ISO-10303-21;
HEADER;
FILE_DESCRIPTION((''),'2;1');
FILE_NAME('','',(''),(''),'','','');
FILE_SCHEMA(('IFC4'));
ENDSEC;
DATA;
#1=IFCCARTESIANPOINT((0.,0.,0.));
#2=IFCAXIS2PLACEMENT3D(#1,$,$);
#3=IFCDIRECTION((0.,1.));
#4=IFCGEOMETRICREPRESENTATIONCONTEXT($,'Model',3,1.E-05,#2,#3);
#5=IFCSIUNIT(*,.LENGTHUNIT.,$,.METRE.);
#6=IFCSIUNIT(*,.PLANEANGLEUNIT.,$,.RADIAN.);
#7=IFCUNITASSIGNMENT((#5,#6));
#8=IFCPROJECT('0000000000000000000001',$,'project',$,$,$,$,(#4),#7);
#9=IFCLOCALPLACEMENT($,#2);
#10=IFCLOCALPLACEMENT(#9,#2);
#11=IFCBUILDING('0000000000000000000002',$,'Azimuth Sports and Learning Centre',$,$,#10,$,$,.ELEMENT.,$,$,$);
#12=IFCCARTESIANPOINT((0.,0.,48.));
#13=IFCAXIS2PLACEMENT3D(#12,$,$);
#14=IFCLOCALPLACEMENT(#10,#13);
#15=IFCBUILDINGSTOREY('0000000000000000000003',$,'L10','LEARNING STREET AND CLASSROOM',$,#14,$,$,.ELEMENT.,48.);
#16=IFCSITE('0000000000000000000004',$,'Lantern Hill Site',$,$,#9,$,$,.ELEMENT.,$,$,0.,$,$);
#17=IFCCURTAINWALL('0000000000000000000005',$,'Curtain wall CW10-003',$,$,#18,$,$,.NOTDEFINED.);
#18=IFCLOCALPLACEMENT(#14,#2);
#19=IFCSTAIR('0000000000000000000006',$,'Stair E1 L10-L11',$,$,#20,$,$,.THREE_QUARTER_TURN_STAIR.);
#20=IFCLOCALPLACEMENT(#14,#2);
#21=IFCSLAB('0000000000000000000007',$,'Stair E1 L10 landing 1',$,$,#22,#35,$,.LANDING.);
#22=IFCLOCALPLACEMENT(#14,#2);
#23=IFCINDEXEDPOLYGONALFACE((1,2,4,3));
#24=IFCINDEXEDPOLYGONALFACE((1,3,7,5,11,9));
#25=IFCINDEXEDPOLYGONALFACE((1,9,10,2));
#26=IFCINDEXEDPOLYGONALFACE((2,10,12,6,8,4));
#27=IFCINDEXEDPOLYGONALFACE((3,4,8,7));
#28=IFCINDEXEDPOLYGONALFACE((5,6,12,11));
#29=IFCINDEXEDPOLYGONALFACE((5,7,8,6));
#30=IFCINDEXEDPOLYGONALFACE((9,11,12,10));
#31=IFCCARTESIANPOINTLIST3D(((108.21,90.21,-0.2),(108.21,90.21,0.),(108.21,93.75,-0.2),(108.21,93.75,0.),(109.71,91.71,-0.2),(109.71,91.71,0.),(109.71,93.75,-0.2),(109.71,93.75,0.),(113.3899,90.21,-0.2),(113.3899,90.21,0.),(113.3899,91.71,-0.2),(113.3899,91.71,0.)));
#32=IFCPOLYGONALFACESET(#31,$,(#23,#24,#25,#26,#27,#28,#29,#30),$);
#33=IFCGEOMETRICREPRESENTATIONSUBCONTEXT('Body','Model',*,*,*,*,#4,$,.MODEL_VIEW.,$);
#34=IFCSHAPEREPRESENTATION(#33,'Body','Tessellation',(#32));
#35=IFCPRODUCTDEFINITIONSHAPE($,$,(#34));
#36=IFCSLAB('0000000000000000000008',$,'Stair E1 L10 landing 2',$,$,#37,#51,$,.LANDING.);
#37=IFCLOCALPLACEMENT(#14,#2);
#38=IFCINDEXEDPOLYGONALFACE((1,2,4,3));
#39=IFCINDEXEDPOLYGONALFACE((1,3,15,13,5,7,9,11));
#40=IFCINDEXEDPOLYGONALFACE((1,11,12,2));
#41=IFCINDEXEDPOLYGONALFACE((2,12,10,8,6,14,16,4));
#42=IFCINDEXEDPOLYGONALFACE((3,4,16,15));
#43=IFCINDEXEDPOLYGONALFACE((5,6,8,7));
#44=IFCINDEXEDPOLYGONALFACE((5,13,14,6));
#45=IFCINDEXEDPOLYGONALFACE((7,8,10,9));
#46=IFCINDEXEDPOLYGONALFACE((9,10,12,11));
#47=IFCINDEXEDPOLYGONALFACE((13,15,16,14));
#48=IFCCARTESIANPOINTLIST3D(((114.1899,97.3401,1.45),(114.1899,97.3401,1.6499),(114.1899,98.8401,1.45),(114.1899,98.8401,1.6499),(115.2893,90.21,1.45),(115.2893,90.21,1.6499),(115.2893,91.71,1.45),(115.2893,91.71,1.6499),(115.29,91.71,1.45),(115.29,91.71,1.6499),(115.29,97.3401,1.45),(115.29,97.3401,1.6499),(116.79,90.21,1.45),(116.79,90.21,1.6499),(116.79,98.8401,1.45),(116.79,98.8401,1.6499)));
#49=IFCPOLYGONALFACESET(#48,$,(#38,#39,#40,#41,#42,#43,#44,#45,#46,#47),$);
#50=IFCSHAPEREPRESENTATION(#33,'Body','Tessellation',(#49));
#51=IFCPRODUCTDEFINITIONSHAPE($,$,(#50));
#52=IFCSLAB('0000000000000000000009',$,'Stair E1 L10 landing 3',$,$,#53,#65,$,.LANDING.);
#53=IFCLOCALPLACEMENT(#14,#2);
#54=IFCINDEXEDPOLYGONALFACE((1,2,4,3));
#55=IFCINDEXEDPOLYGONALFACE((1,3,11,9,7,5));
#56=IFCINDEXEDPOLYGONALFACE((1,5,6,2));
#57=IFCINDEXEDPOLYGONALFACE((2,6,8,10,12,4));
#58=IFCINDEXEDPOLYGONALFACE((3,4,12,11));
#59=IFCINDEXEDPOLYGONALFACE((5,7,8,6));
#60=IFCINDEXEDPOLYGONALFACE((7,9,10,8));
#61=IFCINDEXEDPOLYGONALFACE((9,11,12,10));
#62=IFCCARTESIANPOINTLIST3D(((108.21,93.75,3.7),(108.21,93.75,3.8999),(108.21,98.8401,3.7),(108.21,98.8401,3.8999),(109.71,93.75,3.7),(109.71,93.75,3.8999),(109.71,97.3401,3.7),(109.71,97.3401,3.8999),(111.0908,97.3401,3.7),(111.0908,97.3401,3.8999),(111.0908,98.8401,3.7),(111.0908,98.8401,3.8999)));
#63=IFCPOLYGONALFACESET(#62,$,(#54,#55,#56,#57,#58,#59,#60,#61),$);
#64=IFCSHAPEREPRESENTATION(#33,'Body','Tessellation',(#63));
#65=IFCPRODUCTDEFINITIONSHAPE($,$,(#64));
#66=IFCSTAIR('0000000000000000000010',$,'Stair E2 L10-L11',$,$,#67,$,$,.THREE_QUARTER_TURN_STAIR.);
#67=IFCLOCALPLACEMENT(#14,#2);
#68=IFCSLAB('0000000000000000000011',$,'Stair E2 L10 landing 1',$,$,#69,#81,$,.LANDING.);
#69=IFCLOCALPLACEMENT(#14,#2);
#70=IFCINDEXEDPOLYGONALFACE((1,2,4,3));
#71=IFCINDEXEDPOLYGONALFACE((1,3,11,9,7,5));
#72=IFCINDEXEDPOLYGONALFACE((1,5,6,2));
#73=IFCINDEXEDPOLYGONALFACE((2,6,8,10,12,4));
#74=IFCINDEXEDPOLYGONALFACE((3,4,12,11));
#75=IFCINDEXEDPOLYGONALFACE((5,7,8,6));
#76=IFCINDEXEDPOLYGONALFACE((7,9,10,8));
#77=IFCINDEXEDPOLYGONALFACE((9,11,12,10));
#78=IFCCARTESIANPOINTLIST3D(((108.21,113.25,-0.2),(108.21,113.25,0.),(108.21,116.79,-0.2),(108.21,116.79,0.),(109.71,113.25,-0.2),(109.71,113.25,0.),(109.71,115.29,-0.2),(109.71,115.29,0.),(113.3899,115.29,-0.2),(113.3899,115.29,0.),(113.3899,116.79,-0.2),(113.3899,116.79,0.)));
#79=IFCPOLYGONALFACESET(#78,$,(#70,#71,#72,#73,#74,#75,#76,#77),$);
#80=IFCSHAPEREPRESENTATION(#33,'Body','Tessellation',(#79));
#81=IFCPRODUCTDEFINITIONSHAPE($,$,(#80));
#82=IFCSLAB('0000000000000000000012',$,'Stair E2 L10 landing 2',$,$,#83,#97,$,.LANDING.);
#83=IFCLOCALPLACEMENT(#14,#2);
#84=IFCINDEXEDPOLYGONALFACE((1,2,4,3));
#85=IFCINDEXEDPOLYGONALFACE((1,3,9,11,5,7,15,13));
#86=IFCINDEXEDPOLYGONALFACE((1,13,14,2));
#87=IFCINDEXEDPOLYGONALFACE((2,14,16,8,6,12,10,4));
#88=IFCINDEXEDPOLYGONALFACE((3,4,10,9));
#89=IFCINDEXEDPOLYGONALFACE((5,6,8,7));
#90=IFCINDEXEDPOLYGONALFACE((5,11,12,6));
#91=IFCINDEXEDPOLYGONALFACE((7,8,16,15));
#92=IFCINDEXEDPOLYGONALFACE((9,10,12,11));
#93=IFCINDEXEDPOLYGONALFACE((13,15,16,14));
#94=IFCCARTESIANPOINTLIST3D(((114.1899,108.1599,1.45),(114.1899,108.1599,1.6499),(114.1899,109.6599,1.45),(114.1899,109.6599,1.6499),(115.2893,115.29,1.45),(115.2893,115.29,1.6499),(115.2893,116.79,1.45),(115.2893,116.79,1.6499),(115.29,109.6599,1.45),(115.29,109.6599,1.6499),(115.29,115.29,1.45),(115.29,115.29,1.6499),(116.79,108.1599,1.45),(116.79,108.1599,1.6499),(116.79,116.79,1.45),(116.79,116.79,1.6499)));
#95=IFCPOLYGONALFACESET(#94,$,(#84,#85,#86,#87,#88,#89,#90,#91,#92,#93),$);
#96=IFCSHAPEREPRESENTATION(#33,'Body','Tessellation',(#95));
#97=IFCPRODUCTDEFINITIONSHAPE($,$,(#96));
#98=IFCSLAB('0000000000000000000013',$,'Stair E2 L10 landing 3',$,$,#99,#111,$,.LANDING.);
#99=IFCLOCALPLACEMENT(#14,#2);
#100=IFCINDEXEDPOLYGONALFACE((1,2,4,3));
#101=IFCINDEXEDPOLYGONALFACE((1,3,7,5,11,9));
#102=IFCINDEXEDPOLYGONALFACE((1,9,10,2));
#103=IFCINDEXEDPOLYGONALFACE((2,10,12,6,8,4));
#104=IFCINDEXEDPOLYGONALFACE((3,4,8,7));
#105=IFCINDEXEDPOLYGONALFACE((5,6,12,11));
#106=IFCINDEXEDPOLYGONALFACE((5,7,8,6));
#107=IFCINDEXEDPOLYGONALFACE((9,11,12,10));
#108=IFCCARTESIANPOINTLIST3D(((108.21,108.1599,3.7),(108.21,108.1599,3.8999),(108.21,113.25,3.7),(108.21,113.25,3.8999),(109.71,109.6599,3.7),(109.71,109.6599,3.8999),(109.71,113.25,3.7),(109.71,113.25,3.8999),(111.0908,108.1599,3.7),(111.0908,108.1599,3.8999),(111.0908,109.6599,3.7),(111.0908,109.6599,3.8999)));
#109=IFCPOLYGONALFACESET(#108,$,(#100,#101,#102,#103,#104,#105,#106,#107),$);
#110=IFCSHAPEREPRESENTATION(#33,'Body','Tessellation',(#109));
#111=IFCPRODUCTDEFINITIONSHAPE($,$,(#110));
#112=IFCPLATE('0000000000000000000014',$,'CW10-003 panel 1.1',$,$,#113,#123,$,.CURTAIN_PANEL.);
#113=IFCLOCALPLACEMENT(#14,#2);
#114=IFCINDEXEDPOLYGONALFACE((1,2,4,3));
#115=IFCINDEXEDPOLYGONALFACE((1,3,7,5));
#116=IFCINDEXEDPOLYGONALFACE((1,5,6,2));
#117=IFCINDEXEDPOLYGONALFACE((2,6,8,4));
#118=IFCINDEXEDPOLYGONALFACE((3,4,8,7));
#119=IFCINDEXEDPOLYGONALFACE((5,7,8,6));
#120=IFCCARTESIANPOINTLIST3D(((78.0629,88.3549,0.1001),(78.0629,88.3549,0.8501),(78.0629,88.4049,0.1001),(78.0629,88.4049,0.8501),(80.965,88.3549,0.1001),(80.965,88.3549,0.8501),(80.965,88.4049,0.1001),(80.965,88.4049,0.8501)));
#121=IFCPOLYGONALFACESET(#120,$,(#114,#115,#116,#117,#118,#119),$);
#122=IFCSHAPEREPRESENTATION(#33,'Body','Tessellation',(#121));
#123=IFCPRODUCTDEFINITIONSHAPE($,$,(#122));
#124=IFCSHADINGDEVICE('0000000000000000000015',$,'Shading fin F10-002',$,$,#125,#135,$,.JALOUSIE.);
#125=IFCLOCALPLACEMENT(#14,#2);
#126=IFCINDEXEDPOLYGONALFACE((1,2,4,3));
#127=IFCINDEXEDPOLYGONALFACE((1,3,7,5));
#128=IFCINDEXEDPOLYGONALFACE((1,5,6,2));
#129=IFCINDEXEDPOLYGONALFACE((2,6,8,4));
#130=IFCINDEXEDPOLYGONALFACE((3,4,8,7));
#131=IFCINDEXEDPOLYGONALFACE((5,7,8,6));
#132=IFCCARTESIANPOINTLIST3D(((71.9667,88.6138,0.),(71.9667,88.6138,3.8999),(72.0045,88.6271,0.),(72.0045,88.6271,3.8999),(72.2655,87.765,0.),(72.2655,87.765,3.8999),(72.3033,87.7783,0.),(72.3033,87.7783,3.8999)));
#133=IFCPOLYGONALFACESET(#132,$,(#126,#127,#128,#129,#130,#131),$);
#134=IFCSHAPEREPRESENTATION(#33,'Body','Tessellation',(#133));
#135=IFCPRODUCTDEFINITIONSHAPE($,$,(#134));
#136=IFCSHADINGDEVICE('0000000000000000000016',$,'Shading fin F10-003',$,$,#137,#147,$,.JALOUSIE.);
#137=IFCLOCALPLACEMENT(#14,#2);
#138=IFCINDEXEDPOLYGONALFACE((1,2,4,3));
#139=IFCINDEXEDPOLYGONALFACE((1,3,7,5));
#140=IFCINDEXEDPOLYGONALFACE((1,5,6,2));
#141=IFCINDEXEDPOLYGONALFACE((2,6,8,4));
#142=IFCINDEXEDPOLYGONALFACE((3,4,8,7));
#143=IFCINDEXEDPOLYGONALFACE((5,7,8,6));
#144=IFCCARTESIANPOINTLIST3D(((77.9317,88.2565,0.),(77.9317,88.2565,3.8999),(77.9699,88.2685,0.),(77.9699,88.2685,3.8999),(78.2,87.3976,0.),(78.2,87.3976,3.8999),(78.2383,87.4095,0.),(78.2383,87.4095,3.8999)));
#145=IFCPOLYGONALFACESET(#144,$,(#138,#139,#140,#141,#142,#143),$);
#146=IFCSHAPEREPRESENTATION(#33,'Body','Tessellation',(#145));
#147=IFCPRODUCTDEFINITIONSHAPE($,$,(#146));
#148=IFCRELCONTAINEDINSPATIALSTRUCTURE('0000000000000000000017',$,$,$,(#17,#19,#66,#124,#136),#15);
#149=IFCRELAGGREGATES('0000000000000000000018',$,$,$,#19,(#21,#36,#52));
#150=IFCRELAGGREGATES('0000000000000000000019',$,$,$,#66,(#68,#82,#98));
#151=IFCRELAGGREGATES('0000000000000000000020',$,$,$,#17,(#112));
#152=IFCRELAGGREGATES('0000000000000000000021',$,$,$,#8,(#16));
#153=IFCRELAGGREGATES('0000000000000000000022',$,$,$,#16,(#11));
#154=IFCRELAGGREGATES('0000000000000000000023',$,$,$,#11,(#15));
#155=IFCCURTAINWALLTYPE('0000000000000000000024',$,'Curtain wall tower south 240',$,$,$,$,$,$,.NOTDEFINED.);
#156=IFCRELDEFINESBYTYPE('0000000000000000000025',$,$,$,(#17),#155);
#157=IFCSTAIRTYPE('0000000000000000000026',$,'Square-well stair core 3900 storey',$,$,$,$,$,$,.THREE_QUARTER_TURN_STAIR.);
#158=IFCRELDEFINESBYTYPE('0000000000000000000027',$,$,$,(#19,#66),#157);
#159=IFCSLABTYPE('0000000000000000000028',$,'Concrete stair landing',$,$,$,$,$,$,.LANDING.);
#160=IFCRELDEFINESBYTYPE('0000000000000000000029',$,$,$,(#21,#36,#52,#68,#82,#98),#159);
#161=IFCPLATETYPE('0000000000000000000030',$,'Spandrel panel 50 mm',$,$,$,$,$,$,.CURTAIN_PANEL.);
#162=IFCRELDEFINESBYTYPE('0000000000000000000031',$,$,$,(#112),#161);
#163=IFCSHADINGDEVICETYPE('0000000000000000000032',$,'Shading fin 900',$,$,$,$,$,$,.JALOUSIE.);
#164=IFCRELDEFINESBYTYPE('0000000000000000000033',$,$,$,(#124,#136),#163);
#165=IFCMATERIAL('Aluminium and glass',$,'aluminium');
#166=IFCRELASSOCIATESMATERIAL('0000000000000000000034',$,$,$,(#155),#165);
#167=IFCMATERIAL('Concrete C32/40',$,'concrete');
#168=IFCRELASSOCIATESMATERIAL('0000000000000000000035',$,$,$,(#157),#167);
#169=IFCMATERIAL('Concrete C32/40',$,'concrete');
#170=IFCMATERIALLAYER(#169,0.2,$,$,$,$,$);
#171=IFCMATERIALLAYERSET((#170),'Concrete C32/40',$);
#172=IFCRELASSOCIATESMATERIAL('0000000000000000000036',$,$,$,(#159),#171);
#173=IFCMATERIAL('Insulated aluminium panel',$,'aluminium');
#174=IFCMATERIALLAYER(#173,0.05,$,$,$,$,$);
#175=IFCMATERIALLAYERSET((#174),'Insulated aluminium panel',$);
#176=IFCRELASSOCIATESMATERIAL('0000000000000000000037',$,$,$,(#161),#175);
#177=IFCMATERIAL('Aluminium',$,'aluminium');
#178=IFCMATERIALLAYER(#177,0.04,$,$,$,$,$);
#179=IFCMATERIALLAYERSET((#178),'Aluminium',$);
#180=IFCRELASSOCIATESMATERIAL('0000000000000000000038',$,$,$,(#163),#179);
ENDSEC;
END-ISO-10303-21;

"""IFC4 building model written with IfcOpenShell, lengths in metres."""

from ifc_helpers import new_model, si_unit, direction, frame, origin, origin_2d, place, context, subcontext, project, spatial, polyline, rectangle, outline, extrude, material, layer, layer_set, type_object, element, aggregate, save


model = new_model("IFC4")

# Units and contexts
model_context = context("Model", 3, precision=1e-05, world=origin(), true_north=direction((0.0, 1.0)))
body_context = subcontext(model_context, "Body", "Model", "MODEL_VIEW")
ifc_project = project(units=[si_unit("LENGTHUNIT", "METRE"), si_unit("PLANEANGLEUNIT", "RADIAN")], contexts=[model_context])

# Site, building, storey
site_placement = place(None, origin())
site = spatial("IfcSite", under=ifc_project, at=site_placement, Name="Lantern Hill Site", CompositionType="ELEMENT", RefElevation=0.0)
building_placement = place(site_placement, origin())
building = spatial("IfcBuilding", under=site, at=building_placement, Name="Azimuth Sports and Learning Centre", CompositionType="ELEMENT")
storey_placement = place(building_placement, frame((0.0, 0.0, 48.0)))
storey = spatial("IfcBuildingStorey", under=building, at=storey_placement, Name="L10", Description="LEARNING STREET AND CLASSROOM", CompositionType="ELEMENT", Elevation=48.0)

# Curtain wall
ifc_material_1 = material(Name="Aluminium and glass", Category="aluminium")
curtain_wall_type = type_object("IfcCurtainWallType", Name="Curtain wall tower south 240", PredefinedType="NOTDEFINED", material=ifc_material_1)
curtain_wall_placement = place(storey_placement, origin())
curtain_wall = element("IfcCurtainWall", 1, at=curtain_wall_placement, inside=storey, type_object=curtain_wall_type, Name="Curtain wall CW10-003", PredefinedType="NOTDEFINED")

# Stairs, slabs
ifc_material_2 = material(Name="Concrete C32/40", Category="concrete")
stair_type = type_object("IfcStairType", Name="Square-well stair core 3900 storey", PredefinedType="THREE_QUARTER_TURN_STAIR", material=ifc_material_2)
ifc_material_3 = material(Name="Concrete C32/40", Category="concrete")
ifc_layer_1 = layer(ifc_material_3, 0.2)
ifc_layer_set_1 = layer_set([ifc_layer_1], Name="Concrete C32/40")
slab_type_1 = type_object("IfcSlabType", Name="Concrete stair landing", PredefinedType="LANDING", material=ifc_layer_set_1)
stair_1_placement = place(storey_placement, origin())
stair_1 = element("IfcStair", 2, at=stair_1_placement, inside=storey, type_object=stair_type, Name="Stair E1 L10-L11", PredefinedType="THREE_QUARTER_TURN_STAIR")
slab_1_placement = place(storey_placement, frame((0.0, 0.0, -0.2)))
slab_1 = element("IfcSlab", 3, at=slab_1_placement, type_object=slab_type_1, Name="Stair E1 L10 landing 1", PredefinedType="LANDING", context=body_context, shape_type="SweptSolid", body=[
    extrude(outline(polyline([(113.3899, 91.71), (109.71, 91.71), (109.71, 93.75), (108.21, 93.75), (108.21, 90.21), (113.3899, 90.21), (113.3899, 91.71)])), origin(), (0.0, 0.0, 1.0), 0.2),
])
slab_2_placement = place(storey_placement, frame((0.0, 0.0, 1.45)))
slab_2 = element("IfcSlab", 4, at=slab_2_placement, type_object=slab_type_1, Name="Stair E1 L10 landing 2", PredefinedType="LANDING", context=body_context, shape_type="SweptSolid", body=[
    extrude(outline(polyline([(115.29, 91.71), (115.2893, 91.71), (115.2893, 90.21), (116.79, 90.21), (116.79, 98.8401), (114.1899, 98.8401), (114.1899, 97.3401), (115.29, 97.3401), (115.29, 91.71)])), origin(), (0.0, 0.0, 1.0), 0.2),
])
slab_3_placement = place(storey_placement, frame((0.0, 0.0, 3.7)))
slab_3 = element("IfcSlab", 5, at=slab_3_placement, type_object=slab_type_1, Name="Stair E1 L10 landing 3", PredefinedType="LANDING", context=body_context, shape_type="SweptSolid", body=[
    extrude(outline(polyline([(109.71, 97.3401), (111.0908, 97.3401), (111.0908, 98.8401), (108.21, 98.8401), (108.21, 93.75), (109.71, 93.75), (109.71, 97.3401)])), origin(), (0.0, 0.0, 1.0), 0.2),
])
aggregate(stair_1, [slab_1, slab_2, slab_3])
stair_2_placement = place(storey_placement, origin())
stair_2 = element("IfcStair", 6, at=stair_2_placement, inside=storey, type_object=stair_type, Name="Stair E2 L10-L11", PredefinedType="THREE_QUARTER_TURN_STAIR")
slab_4_placement = place(storey_placement, frame((0.0, 0.0, -0.2)))
slab_4 = element("IfcSlab", 7, at=slab_4_placement, type_object=slab_type_1, Name="Stair E2 L10 landing 1", PredefinedType="LANDING", context=body_context, shape_type="SweptSolid", body=[
    extrude(outline(polyline([(108.21, 116.79), (108.21, 113.25), (109.71, 113.25), (109.71, 115.29), (113.3899, 115.29), (113.3899, 116.79), (108.21, 116.79)])), origin(), (0.0, 0.0, 1.0), 0.2),
])
slab_5_placement = place(storey_placement, frame((0.0, 0.0, 1.45)))
slab_5 = element("IfcSlab", 8, at=slab_5_placement, type_object=slab_type_1, Name="Stair E2 L10 landing 2", PredefinedType="LANDING", context=body_context, shape_type="SweptSolid", body=[
    extrude(outline(polyline([(115.29, 115.29), (115.29, 109.6599), (114.1899, 109.6599), (114.1899, 108.1599), (116.79, 108.1599), (116.79, 116.79), (115.2893, 116.79), (115.2893, 115.29), (115.29, 115.29)])), origin(), (0.0, 0.0, 1.0), 0.2),
])
slab_6_placement = place(storey_placement, frame((0.0, 0.0, 3.7)))
slab_6 = element("IfcSlab", 9, at=slab_6_placement, type_object=slab_type_1, Name="Stair E2 L10 landing 3", PredefinedType="LANDING", context=body_context, shape_type="SweptSolid", body=[
    extrude(outline(polyline([(109.71, 109.6599), (109.71, 113.25), (108.21, 113.25), (108.21, 108.1599), (111.0908, 108.1599), (111.0908, 109.6599), (109.71, 109.6599)])), origin(), (0.0, 0.0, 1.0), 0.2),
])
aggregate(stair_2, [slab_4, slab_5, slab_6])

# Plate
ifc_material_4 = material(Name="Insulated aluminium panel", Category="aluminium")
ifc_layer_2 = layer(ifc_material_4, 0.05)
ifc_layer_set_2 = layer_set([ifc_layer_2], Name="Insulated aluminium panel")
plate_type = type_object("IfcPlateType", Name="Spandrel panel 50 mm", PredefinedType="CURTAIN_PANEL", material=ifc_layer_set_2)
plate_placement = place(storey_placement, frame((79.5139, 88.3799, 0.1001), z_axis=(0.0, 0.0, 1.0), x_axis=(1.0, 0.0, 0.0)))
plate = element("IfcPlate", 10, at=plate_placement, type_object=plate_type, Name="CW10-003 panel 1.1", PredefinedType="CURTAIN_PANEL", context=body_context, shape_type="SweptSolid", body=[
    extrude(rectangle(XDim=2.9021, YDim=0.05, at=origin_2d()), origin(), (0.0, 0.0, 1.0), 0.75),
])
aggregate(curtain_wall, [plate])

# Shading devices
ifc_material_5 = material(Name="Aluminium", Category="aluminium")
ifc_layer_3 = layer(ifc_material_5, 0.04)
ifc_layer_set_3 = layer_set([ifc_layer_3], Name="Aluminium")
shading_device_type = type_object("IfcShadingDeviceType", Name="Shading fin 900", PredefinedType="JALOUSIE", material=ifc_layer_set_3)
for number, where, z_axis, x_axis, name in (
    (11, (72.135, 88.196, 0.0), (0.0, 0.0, 1.0), (0.332025, -0.943271, 0.0), "Shading fin F10-002"),
    (12, (78.085, 87.833, 0.0), (0.0, 0.0, 1.0), (0.298225, -0.954496, 0.0), "Shading fin F10-003"),
):
    element("IfcShadingDevice", number, at=place(storey_placement, frame(where, z_axis=z_axis, x_axis=x_axis)), inside=storey, type_object=shading_device_type, Name=name, PredefinedType="JALOUSIE", context=body_context, shape_type="SweptSolid", body=[
        extrude(rectangle(XDim=0.8999, YDim=0.04, at=origin_2d()), origin(), (0.0, 0.0, 1.0), 3.8999),
    ])

save(model, "model.ifc")
